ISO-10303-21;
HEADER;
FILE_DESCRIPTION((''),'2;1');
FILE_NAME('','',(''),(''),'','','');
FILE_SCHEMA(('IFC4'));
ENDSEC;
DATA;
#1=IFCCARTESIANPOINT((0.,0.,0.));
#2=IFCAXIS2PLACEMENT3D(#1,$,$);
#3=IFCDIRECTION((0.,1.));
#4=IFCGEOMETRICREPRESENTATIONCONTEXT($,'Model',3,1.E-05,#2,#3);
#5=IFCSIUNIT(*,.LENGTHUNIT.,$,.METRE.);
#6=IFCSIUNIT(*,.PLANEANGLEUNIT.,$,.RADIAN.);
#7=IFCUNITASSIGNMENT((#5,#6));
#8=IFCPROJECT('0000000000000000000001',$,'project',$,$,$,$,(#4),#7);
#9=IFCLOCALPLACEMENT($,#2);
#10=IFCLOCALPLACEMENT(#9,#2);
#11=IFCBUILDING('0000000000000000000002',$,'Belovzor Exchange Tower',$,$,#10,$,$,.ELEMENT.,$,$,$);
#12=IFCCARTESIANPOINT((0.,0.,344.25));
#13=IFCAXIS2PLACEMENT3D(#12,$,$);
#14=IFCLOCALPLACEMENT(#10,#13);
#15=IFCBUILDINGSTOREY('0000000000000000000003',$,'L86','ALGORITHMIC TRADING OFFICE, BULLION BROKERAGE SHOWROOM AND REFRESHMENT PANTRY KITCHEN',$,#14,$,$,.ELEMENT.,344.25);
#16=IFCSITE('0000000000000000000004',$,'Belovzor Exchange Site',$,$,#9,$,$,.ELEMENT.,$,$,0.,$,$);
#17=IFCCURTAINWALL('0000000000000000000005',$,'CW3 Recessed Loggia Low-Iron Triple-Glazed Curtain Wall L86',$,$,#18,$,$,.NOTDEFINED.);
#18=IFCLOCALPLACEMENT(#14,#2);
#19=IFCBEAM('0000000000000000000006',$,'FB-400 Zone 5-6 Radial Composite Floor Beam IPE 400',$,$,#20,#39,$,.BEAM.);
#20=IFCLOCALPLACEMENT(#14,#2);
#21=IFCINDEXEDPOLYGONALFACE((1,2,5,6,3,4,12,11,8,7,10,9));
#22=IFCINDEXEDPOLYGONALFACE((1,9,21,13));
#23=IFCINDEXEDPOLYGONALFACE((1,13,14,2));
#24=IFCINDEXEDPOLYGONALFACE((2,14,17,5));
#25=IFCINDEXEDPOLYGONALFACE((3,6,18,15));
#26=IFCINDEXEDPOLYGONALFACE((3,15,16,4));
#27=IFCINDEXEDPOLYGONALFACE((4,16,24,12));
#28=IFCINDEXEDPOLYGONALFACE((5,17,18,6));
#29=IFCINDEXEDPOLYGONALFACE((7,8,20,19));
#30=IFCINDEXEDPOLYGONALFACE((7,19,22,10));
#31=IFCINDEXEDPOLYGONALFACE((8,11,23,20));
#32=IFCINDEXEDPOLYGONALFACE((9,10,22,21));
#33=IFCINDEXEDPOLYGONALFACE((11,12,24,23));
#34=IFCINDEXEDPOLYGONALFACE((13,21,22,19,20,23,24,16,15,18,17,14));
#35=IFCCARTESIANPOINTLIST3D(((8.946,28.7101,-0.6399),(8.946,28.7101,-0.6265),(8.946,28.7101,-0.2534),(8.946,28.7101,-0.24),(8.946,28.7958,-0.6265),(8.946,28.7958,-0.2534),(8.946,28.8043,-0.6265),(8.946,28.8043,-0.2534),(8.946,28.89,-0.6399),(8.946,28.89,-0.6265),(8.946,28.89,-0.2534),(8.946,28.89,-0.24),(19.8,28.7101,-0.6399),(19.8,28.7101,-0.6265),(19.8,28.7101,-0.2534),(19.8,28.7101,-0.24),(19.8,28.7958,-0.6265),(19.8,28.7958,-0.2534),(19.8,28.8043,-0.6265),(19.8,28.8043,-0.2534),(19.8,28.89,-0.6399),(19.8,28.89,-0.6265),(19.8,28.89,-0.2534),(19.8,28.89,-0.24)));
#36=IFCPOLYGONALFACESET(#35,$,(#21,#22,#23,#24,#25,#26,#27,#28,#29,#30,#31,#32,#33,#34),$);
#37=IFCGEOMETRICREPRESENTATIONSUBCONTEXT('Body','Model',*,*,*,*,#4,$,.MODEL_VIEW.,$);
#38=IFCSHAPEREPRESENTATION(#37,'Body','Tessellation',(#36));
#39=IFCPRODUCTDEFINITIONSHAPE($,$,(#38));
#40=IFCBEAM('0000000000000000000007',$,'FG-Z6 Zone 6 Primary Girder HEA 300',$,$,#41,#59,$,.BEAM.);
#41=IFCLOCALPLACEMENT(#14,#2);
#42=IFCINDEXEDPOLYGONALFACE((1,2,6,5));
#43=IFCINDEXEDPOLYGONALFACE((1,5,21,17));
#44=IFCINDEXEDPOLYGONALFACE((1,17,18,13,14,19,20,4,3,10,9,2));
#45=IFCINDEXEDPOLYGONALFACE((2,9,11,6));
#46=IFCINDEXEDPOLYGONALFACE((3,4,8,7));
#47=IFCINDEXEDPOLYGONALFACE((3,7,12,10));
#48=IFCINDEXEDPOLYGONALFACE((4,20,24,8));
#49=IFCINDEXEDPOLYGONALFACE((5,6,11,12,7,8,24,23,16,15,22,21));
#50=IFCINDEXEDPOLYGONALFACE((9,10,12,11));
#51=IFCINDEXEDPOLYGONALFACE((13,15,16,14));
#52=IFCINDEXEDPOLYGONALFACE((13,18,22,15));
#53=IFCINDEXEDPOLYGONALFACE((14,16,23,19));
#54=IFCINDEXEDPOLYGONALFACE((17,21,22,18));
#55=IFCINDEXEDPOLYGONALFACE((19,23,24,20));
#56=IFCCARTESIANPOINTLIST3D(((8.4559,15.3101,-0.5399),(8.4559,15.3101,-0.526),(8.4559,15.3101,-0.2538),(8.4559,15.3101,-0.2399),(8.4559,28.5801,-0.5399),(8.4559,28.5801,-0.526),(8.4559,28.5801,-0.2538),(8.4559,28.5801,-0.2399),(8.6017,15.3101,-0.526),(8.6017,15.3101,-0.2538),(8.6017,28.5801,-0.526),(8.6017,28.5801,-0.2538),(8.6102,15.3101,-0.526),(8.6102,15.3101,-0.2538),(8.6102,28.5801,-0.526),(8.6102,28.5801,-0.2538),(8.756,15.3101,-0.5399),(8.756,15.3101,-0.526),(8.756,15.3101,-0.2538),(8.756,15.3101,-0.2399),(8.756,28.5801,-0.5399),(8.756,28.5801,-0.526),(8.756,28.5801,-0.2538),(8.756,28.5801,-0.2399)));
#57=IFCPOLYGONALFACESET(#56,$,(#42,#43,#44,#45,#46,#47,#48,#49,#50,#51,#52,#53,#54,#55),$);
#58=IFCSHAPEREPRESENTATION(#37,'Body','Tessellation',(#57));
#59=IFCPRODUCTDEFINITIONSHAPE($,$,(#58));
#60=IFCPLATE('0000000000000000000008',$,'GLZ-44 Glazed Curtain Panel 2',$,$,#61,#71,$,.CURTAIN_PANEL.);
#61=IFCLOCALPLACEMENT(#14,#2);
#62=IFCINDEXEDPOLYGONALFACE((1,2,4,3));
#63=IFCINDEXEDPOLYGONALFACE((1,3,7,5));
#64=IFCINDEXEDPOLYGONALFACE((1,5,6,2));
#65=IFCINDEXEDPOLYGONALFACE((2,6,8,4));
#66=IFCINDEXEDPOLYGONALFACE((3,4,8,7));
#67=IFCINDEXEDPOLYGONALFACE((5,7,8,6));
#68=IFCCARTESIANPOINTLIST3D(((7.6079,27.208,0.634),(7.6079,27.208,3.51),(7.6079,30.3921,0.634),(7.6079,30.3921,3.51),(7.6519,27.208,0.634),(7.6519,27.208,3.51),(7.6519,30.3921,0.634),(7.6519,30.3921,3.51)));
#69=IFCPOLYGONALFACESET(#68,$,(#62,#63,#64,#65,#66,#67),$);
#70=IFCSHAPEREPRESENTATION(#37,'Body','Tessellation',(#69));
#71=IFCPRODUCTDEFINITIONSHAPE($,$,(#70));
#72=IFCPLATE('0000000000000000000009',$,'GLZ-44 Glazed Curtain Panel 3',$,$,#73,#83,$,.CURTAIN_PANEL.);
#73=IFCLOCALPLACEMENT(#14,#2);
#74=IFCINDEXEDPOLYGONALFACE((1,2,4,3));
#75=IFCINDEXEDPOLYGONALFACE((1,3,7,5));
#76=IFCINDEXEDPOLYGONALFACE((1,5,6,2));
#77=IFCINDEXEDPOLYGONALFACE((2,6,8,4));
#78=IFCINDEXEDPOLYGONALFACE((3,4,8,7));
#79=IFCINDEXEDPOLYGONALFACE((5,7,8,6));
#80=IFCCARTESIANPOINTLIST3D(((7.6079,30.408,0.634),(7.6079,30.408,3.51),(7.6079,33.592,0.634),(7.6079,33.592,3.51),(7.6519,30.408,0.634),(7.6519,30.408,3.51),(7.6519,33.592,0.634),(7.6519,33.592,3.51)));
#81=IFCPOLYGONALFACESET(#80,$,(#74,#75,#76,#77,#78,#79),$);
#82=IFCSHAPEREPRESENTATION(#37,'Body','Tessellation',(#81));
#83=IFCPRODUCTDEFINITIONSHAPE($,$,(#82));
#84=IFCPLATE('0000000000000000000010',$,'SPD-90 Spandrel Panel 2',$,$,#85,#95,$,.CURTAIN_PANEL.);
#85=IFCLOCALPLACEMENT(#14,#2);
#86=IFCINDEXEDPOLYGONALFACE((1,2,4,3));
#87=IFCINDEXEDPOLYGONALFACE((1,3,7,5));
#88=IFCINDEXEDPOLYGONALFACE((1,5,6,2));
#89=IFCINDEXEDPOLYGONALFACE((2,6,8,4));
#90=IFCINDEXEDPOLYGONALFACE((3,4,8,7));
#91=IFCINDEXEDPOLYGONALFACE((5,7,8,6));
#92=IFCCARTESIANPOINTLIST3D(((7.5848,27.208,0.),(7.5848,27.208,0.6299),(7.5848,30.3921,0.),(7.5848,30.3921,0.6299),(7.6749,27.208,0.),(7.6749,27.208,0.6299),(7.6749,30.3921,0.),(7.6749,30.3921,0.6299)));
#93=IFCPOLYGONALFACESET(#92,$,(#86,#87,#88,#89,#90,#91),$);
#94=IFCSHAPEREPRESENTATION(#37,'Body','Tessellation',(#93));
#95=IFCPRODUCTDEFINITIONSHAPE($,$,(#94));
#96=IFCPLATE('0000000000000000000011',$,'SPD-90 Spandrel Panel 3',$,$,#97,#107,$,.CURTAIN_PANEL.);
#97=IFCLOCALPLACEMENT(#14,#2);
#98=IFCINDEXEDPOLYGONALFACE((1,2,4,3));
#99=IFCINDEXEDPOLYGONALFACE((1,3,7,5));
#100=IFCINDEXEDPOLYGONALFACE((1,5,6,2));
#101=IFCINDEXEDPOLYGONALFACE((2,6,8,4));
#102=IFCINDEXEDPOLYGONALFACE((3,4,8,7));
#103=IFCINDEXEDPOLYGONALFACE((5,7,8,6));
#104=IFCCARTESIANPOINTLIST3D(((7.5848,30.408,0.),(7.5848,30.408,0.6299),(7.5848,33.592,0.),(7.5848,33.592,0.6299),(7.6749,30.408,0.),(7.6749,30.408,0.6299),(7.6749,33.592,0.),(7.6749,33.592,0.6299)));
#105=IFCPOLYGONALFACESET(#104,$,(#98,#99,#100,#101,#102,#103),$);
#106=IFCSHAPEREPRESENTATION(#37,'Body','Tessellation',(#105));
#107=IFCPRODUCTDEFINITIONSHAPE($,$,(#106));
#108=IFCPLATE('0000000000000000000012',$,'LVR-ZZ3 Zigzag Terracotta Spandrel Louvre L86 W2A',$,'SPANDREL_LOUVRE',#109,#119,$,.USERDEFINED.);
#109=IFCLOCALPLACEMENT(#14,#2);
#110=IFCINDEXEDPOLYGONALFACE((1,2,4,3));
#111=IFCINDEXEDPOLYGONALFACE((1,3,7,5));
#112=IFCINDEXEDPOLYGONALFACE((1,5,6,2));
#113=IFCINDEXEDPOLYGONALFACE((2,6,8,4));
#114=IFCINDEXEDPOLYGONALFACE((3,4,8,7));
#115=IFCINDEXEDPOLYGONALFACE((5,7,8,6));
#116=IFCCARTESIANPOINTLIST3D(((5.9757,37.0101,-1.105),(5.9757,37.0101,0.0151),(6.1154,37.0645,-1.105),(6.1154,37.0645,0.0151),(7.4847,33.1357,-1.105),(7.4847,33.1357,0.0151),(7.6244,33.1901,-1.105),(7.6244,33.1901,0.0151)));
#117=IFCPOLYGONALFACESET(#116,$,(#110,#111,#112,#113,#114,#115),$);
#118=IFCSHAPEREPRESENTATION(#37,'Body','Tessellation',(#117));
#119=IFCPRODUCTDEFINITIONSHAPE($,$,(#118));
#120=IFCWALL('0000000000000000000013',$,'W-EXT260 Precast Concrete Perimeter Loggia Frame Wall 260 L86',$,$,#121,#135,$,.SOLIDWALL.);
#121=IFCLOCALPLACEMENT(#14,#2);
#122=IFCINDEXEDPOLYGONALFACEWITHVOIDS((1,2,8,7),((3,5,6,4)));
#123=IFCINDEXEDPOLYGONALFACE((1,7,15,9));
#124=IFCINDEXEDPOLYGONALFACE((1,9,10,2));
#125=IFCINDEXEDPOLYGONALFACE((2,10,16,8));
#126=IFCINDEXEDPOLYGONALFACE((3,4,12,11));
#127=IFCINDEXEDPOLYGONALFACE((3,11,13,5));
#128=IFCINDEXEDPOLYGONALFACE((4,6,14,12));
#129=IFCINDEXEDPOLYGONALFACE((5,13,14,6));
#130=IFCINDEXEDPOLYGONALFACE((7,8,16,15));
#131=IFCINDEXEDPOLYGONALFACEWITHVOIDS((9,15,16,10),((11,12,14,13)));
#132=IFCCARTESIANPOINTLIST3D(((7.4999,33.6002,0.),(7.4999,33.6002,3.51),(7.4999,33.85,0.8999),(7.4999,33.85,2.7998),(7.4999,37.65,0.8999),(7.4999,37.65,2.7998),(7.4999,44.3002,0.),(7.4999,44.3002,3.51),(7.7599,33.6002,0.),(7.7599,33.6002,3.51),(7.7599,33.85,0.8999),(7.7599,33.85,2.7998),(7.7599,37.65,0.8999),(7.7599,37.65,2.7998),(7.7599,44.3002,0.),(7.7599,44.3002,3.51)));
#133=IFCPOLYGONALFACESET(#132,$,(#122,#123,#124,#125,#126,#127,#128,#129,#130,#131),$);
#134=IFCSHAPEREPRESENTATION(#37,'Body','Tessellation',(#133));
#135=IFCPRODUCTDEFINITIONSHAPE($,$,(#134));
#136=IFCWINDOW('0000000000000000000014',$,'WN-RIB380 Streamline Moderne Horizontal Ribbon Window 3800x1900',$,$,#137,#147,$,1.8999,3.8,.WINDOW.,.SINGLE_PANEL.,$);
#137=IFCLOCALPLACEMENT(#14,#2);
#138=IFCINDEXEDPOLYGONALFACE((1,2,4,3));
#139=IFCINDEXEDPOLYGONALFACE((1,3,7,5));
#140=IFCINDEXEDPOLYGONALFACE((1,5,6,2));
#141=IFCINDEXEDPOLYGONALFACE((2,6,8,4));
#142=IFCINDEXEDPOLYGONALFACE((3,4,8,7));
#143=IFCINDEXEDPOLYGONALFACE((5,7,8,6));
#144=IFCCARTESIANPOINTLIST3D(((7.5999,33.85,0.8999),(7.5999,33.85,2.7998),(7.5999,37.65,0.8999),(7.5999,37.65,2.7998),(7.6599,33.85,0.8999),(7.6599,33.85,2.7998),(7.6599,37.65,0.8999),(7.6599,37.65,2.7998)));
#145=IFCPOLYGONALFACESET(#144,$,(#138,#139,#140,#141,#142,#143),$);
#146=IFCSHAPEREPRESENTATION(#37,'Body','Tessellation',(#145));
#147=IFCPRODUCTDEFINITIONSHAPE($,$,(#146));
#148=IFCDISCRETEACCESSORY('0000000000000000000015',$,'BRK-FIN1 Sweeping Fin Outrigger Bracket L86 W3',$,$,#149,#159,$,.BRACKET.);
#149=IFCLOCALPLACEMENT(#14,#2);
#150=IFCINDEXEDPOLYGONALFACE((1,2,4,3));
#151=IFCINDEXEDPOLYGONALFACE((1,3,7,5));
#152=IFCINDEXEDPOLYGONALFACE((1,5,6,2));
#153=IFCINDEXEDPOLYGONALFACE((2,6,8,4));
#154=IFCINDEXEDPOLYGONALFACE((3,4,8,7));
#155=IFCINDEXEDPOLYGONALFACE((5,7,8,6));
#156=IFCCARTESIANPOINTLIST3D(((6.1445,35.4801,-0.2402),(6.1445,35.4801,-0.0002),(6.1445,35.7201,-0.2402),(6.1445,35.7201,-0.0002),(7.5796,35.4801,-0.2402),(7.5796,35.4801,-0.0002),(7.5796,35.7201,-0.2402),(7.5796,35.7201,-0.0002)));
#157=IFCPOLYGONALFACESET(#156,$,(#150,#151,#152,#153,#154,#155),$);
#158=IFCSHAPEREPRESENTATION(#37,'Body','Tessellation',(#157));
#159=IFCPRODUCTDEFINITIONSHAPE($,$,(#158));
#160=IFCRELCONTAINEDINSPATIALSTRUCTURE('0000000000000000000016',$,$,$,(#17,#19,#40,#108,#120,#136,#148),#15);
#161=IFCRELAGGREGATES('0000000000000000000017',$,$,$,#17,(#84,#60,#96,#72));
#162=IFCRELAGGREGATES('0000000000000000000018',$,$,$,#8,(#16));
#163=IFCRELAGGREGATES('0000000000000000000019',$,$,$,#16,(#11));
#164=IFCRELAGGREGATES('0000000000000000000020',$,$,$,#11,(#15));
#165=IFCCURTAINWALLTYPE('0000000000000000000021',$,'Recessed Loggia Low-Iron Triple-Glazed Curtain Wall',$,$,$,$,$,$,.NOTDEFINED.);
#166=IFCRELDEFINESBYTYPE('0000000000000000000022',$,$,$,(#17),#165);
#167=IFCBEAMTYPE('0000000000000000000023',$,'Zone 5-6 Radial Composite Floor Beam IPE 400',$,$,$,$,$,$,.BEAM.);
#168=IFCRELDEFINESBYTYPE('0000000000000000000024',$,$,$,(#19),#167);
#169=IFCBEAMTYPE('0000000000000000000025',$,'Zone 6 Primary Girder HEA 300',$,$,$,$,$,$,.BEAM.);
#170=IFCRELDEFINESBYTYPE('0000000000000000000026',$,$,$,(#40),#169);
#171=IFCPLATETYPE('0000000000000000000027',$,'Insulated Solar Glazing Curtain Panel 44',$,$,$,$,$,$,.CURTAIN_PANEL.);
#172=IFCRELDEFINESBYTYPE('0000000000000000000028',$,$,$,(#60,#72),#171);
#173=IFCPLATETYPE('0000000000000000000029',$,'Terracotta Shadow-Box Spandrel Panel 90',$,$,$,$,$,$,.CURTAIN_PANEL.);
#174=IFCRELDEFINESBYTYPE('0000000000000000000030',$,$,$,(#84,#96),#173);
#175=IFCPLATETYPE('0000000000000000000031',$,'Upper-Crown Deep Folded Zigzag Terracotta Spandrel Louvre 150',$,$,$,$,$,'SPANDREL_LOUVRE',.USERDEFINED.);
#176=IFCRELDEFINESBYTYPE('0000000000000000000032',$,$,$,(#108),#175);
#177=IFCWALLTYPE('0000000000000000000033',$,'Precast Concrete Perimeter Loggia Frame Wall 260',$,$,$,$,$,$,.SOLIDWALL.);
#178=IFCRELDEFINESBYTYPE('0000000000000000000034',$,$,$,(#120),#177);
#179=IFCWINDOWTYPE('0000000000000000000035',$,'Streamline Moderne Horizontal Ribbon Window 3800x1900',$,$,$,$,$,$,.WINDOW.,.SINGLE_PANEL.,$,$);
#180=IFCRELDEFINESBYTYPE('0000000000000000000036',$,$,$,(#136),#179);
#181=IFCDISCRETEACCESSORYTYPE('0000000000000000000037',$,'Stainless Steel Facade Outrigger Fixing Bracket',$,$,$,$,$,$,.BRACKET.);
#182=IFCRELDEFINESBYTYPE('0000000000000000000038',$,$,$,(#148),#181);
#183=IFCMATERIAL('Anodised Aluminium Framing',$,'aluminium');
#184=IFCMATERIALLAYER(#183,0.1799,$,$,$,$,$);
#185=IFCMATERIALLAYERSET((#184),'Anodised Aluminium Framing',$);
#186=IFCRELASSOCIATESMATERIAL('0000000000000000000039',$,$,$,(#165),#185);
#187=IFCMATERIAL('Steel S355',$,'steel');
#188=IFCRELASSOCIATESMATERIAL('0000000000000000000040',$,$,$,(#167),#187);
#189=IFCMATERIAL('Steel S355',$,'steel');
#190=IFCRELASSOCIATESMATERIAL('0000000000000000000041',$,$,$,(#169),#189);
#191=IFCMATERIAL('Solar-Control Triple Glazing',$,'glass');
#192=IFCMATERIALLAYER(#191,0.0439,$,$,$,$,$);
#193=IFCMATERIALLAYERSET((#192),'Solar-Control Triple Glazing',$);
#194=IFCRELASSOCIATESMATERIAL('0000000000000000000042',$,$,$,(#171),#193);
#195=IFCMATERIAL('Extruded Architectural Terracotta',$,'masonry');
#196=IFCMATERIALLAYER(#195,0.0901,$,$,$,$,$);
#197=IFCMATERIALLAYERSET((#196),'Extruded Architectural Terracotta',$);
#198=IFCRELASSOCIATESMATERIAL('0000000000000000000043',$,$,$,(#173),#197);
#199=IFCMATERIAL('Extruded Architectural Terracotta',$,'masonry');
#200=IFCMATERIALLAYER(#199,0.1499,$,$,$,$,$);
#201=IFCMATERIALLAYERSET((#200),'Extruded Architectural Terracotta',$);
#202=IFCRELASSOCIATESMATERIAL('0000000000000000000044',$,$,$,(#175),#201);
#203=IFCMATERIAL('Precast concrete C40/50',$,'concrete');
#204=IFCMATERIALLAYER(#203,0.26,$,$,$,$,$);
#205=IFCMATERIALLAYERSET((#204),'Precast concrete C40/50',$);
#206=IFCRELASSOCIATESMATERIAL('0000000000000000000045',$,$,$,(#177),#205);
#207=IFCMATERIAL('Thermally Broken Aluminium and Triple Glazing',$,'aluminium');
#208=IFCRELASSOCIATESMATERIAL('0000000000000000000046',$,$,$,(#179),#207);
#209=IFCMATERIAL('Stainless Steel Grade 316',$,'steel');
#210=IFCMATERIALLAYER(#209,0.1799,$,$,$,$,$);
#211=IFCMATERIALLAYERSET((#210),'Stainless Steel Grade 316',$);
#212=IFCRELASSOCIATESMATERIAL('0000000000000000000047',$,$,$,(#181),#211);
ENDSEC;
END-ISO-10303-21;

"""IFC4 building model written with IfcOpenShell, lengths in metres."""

from ifc_helpers import new_model, si_unit, direction, frame, frame_2d, origin, origin_2d, place, context, subcontext, project, spatial, rectangle, i_section, extrude, material, layer, layer_set, material_profile, profile_set, type_object, element, fill, aggregate, save


model = new_model("IFC4")

# Units and contexts
model_context = context("Model", 3, precision=1e-05, world=origin(), true_north=direction((0.0, 1.0)))
body_context = subcontext(model_context, "Body", "Model", "MODEL_VIEW")
ifc_project = project(units=[si_unit("LENGTHUNIT", "METRE"), si_unit("PLANEANGLEUNIT", "RADIAN")], contexts=[model_context])

# Site, building, storey
site_placement = place(None, origin())
site = spatial("IfcSite", under=ifc_project, at=site_placement, Name="Belovzor Exchange Site", CompositionType="ELEMENT", RefElevation=0.0)
building_placement = place(site_placement, origin())
building = spatial("IfcBuilding", under=site, at=building_placement, Name="Belovzor Exchange Tower", CompositionType="ELEMENT")
storey_placement = place(building_placement, frame((0.0, 0.0, 344.25)))
storey = spatial("IfcBuildingStorey", under=building, at=storey_placement, Name="L86", Description="ALGORITHMIC TRADING OFFICE, BULLION BROKERAGE SHOWROOM AND REFRESHMENT PANTRY KITCHEN", CompositionType="ELEMENT", Elevation=344.25)

# Curtain wall
ifc_material_1 = material(Name="Anodised Aluminium Framing", Category="aluminium")
ifc_layer_1 = layer(ifc_material_1, 0.1799)
ifc_layer_set_1 = layer_set([ifc_layer_1], Name="Anodised Aluminium Framing")
curtain_wall_type = type_object("IfcCurtainWallType", Name="Recessed Loggia Low-Iron Triple-Glazed Curtain Wall", PredefinedType="NOTDEFINED", material=ifc_layer_set_1)
curtain_wall_placement = place(storey_placement, origin())
curtain_wall = element("IfcCurtainWall", 1, at=curtain_wall_placement, inside=storey, type_object=curtain_wall_type, Name="CW3 Recessed Loggia Low-Iron Triple-Glazed Curtain Wall L86", PredefinedType="NOTDEFINED")

# Beams
ifc_material_2 = material(Name="Steel S355", Category="steel")
ifc_material_profile_1 = material_profile(ifc_material_2, i_section(OverallWidth=0.1799, OverallDepth=0.3999, WebThickness=0.0085, FlangeThickness=0.0134, at=origin_2d()))
ifc_profile_set_1 = profile_set([ifc_material_profile_1], Name="Steel S355")
beam_type_1 = type_object("IfcBeamType", Name="Zone 5-6 Radial Composite Floor Beam IPE 400", PredefinedType="BEAM", material=ifc_profile_set_1)
beam_1_placement = place(storey_placement, frame((19.8, 28.8, -0.4399), z_axis=(-1.0, 0.0, 0.0), x_axis=(0.0, -1.0, 0.0)))
element("IfcBeam", 2, at=beam_1_placement, inside=storey, type_object=beam_type_1, Name="FB-400 Zone 5-6 Radial Composite Floor Beam IPE 400", PredefinedType="BEAM", context=body_context, shape_type="SweptSolid", body=[
    extrude(i_section(OverallWidth=0.1799, OverallDepth=0.3999, WebThickness=0.0085, FlangeThickness=0.0134, at=origin_2d()), origin(), (0.0, 0.0, 1.0), 10.854),
])
ifc_material_3 = material(Name="Steel S355", Category="steel")
ifc_material_profile_2 = material_profile(ifc_material_3, i_section(OverallWidth=0.3, OverallDepth=0.3, WebThickness=0.0085, FlangeThickness=0.0139, at=origin_2d()))
ifc_profile_set_2 = profile_set([ifc_material_profile_2], Name="Steel S355")
beam_type_2 = type_object("IfcBeamType", Name="Zone 6 Primary Girder HEA 300", PredefinedType="BEAM", material=ifc_profile_set_2)
beam_2_placement = place(storey_placement, frame((8.606, 28.5801, -0.3899), z_axis=(0.0, -1.0, 0.0), x_axis=(1.0, 0.0, 0.0)))
element("IfcBeam", 3, at=beam_2_placement, inside=storey, type_object=beam_type_2, Name="FG-Z6 Zone 6 Primary Girder HEA 300", PredefinedType="BEAM", context=body_context, shape_type="SweptSolid", body=[
    extrude(i_section(OverallWidth=0.3, OverallDepth=0.3, WebThickness=0.0085, FlangeThickness=0.0139, at=origin_2d()), origin(), (0.0, 0.0, 1.0), 13.27),
])

# Plates
ifc_material_4 = material(Name="Solar-Control Triple Glazing", Category="glass")
ifc_layer_2 = layer(ifc_material_4, 0.0439)
ifc_layer_set_2 = layer_set([ifc_layer_2], Name="Solar-Control Triple Glazing")
plate_type_1 = type_object("IfcPlateType", Name="Insulated Solar Glazing Curtain Panel 44", PredefinedType="CURTAIN_PANEL", material=ifc_layer_set_2)
plate_1_placement = place(storey_placement, frame((7.6299, 28.8, 0.634), z_axis=(0.0, 0.0, 1.0), x_axis=(0.0, 1.0, 0.0)))
plate_1 = element("IfcPlate", 4, at=plate_1_placement, type_object=plate_type_1, Name="GLZ-44 Glazed Curtain Panel 2", PredefinedType="CURTAIN_PANEL", context=body_context, shape_type="SweptSolid", body=[
    extrude(rectangle(XDim=3.1841, YDim=0.0439, at=origin_2d()), origin(), (0.0, 0.0, 1.0), 2.876),
])
plate_2_placement = place(storey_placement, frame((7.6299, 32.0, 0.634), z_axis=(0.0, 0.0, 1.0), x_axis=(0.0, 1.0, 0.0)))
plate_2 = element("IfcPlate", 5, at=plate_2_placement, type_object=plate_type_1, Name="GLZ-44 Glazed Curtain Panel 3", PredefinedType="CURTAIN_PANEL", context=body_context, shape_type="SweptSolid", body=[
    extrude(rectangle(XDim=3.1841, YDim=0.0439, at=origin_2d()), origin(), (0.0, 0.0, 1.0), 2.876),
])
ifc_material_5 = material(Name="Extruded Architectural Terracotta", Category="masonry")
ifc_layer_3 = layer(ifc_material_5, 0.0901)
ifc_layer_set_3 = layer_set([ifc_layer_3], Name="Extruded Architectural Terracotta")
plate_type_2 = type_object("IfcPlateType", Name="Terracotta Shadow-Box Spandrel Panel 90", PredefinedType="CURTAIN_PANEL", material=ifc_layer_set_3)
plate_3_placement = place(storey_placement, frame((7.6299, 28.8, 0.0), z_axis=(0.0, 0.0, 1.0), x_axis=(0.0, 1.0, 0.0)))
plate_3 = element("IfcPlate", 6, at=plate_3_placement, type_object=plate_type_2, Name="SPD-90 Spandrel Panel 2", PredefinedType="CURTAIN_PANEL", context=body_context, shape_type="SweptSolid", body=[
    extrude(rectangle(XDim=3.1841, YDim=0.0901, at=origin_2d()), origin(), (0.0, 0.0, 1.0), 0.6299),
])
plate_4_placement = place(storey_placement, frame((7.6299, 32.0, 0.0), z_axis=(0.0, 0.0, 1.0), x_axis=(0.0, 1.0, 0.0)))
plate_4 = element("IfcPlate", 7, at=plate_4_placement, type_object=plate_type_2, Name="SPD-90 Spandrel Panel 3", PredefinedType="CURTAIN_PANEL", context=body_context, shape_type="SweptSolid", body=[
    extrude(rectangle(XDim=3.1841, YDim=0.0901, at=origin_2d()), origin(), (0.0, 0.0, 1.0), 0.6299),
])
aggregate(curtain_wall, [plate_3, plate_1, plate_4, plate_2])
ifc_material_6 = material(Name="Extruded Architectural Terracotta", Category="masonry")
ifc_layer_4 = layer(ifc_material_6, 0.1499)
ifc_layer_set_4 = layer_set([ifc_layer_4], Name="Extruded Architectural Terracotta")
plate_type_3 = type_object("IfcPlateType", Name="Upper-Crown Deep Folded Zigzag Terracotta Spandrel Louvre 150", ElementType="SPANDREL_LOUVRE", PredefinedType="USERDEFINED", material=ifc_layer_set_4)
plate_5_placement = place(storey_placement, frame((6.8, 35.1001, -1.105), z_axis=(0.0, 0.0, 1.0), x_axis=(-0.362926, 0.931818, 0.0)))
element("IfcPlate", 8, at=plate_5_placement, inside=storey, type_object=plate_type_3, Name="LVR-ZZ3 Zigzag Terracotta Spandrel Louvre L86 W2A", ObjectType="SPANDREL_LOUVRE", PredefinedType="USERDEFINED", context=body_context, shape_type="SweptSolid", body=[
    extrude(rectangle(XDim=4.158, YDim=0.1499, at=origin_2d()), origin(), (0.0, 0.0, 1.0), 1.1201),
])

# Wall, opening, window
ifc_material_7 = material(Name="Precast concrete C40/50", Category="concrete")
ifc_layer_5 = layer(ifc_material_7, 0.26)
ifc_layer_set_5 = layer_set([ifc_layer_5], Name="Precast concrete C40/50")
wall_type = type_object("IfcWallType", Name="Precast Concrete Perimeter Loggia Frame Wall 260", PredefinedType="SOLIDWALL", material=ifc_layer_set_5)
wall_placement = place(storey_placement, frame((7.6299, 33.6001, 0.0), z_axis=(0.0, 0.0, 1.0), x_axis=(0.0, 1.0, 0.0)))
wall = element("IfcWall", 9, at=wall_placement, inside=storey, type_object=wall_type, Name="W-EXT260 Precast Concrete Perimeter Loggia Frame Wall 260 L86", PredefinedType="SOLIDWALL", context=body_context, shape_type="SweptSolid", body=[
    extrude(rectangle(XDim=10.7, YDim=0.26, at=frame_2d((5.3501, 0.0))), origin(), (0.0, 0.0, 1.0), 3.51),
])
opening_placement = place(wall_placement, frame((0.25, 0.0, 0.8999)))
opening = element("IfcOpeningElement", 10, at=opening_placement, cuts=wall, PredefinedType="OPENING", context=body_context, shape_type="SweptSolid", body=[
    extrude(rectangle(XDim=3.8, YDim=1.8999, at=frame_2d((1.8999, 0.95))), frame((0.0, 0.1399, 0.0), z_axis=(0.0, -1.0, 0.0), x_axis=(1.0, 0.0, 0.0)), (0.0, 0.0, 1.0), 0.28),
])
ifc_material_8 = material(Name="Thermally Broken Aluminium and Triple Glazing", Category="aluminium")
window_type = type_object("IfcWindowType", Name="Streamline Moderne Horizontal Ribbon Window 3800x1900", PartitioningType="SINGLE_PANEL", PredefinedType="WINDOW", material=ifc_material_8)
window_placement = place(opening_placement, origin())
window = element("IfcWindow", 11, at=window_placement, inside=storey, type_object=window_type, Name="WN-RIB380 Streamline Moderne Horizontal Ribbon Window 3800x1900", OverallHeight=1.8999, OverallWidth=3.8, PartitioningType="SINGLE_PANEL", PredefinedType="WINDOW", context=body_context, shape_type="SweptSolid", body=[
    extrude(rectangle(XDim=3.8, YDim=1.8999, at=frame_2d((1.8999, 0.95))), frame((0.0, 0.03, 0.0), z_axis=(0.0, -1.0, 0.0), x_axis=(1.0, 0.0, 0.0)), (0.0, 0.0, 1.0), 0.0601),
])
fill(opening, window)

# Discrete accessory
ifc_material_9 = material(Name="Stainless Steel Grade 316", Category="steel")
ifc_layer_6 = layer(ifc_material_9, 0.1799)
ifc_layer_set_6 = layer_set([ifc_layer_6], Name="Stainless Steel Grade 316")
discrete_accessory_type = type_object("IfcDiscreteAccessoryType", Name="Stainless Steel Facade Outrigger Fixing Bracket", PredefinedType="BRACKET", material=ifc_layer_set_6)
discrete_accessory_placement = place(storey_placement, frame((6.8621, 35.6001, -0.2402), z_axis=(0.0, 0.0, 1.0), x_axis=(1.0, 0.0, 0.0)))
element("IfcDiscreteAccessory", 12, at=discrete_accessory_placement, inside=storey, type_object=discrete_accessory_type, Name="BRK-FIN1 Sweeping Fin Outrigger Bracket L86 W3", PredefinedType="BRACKET", context=body_context, shape_type="SweptSolid", body=[
    extrude(rectangle(XDim=1.4351, YDim=0.24, at=origin_2d()), origin(), (0.0, 0.0, 1.0), 0.24),
])

save(model, "model.ifc")
